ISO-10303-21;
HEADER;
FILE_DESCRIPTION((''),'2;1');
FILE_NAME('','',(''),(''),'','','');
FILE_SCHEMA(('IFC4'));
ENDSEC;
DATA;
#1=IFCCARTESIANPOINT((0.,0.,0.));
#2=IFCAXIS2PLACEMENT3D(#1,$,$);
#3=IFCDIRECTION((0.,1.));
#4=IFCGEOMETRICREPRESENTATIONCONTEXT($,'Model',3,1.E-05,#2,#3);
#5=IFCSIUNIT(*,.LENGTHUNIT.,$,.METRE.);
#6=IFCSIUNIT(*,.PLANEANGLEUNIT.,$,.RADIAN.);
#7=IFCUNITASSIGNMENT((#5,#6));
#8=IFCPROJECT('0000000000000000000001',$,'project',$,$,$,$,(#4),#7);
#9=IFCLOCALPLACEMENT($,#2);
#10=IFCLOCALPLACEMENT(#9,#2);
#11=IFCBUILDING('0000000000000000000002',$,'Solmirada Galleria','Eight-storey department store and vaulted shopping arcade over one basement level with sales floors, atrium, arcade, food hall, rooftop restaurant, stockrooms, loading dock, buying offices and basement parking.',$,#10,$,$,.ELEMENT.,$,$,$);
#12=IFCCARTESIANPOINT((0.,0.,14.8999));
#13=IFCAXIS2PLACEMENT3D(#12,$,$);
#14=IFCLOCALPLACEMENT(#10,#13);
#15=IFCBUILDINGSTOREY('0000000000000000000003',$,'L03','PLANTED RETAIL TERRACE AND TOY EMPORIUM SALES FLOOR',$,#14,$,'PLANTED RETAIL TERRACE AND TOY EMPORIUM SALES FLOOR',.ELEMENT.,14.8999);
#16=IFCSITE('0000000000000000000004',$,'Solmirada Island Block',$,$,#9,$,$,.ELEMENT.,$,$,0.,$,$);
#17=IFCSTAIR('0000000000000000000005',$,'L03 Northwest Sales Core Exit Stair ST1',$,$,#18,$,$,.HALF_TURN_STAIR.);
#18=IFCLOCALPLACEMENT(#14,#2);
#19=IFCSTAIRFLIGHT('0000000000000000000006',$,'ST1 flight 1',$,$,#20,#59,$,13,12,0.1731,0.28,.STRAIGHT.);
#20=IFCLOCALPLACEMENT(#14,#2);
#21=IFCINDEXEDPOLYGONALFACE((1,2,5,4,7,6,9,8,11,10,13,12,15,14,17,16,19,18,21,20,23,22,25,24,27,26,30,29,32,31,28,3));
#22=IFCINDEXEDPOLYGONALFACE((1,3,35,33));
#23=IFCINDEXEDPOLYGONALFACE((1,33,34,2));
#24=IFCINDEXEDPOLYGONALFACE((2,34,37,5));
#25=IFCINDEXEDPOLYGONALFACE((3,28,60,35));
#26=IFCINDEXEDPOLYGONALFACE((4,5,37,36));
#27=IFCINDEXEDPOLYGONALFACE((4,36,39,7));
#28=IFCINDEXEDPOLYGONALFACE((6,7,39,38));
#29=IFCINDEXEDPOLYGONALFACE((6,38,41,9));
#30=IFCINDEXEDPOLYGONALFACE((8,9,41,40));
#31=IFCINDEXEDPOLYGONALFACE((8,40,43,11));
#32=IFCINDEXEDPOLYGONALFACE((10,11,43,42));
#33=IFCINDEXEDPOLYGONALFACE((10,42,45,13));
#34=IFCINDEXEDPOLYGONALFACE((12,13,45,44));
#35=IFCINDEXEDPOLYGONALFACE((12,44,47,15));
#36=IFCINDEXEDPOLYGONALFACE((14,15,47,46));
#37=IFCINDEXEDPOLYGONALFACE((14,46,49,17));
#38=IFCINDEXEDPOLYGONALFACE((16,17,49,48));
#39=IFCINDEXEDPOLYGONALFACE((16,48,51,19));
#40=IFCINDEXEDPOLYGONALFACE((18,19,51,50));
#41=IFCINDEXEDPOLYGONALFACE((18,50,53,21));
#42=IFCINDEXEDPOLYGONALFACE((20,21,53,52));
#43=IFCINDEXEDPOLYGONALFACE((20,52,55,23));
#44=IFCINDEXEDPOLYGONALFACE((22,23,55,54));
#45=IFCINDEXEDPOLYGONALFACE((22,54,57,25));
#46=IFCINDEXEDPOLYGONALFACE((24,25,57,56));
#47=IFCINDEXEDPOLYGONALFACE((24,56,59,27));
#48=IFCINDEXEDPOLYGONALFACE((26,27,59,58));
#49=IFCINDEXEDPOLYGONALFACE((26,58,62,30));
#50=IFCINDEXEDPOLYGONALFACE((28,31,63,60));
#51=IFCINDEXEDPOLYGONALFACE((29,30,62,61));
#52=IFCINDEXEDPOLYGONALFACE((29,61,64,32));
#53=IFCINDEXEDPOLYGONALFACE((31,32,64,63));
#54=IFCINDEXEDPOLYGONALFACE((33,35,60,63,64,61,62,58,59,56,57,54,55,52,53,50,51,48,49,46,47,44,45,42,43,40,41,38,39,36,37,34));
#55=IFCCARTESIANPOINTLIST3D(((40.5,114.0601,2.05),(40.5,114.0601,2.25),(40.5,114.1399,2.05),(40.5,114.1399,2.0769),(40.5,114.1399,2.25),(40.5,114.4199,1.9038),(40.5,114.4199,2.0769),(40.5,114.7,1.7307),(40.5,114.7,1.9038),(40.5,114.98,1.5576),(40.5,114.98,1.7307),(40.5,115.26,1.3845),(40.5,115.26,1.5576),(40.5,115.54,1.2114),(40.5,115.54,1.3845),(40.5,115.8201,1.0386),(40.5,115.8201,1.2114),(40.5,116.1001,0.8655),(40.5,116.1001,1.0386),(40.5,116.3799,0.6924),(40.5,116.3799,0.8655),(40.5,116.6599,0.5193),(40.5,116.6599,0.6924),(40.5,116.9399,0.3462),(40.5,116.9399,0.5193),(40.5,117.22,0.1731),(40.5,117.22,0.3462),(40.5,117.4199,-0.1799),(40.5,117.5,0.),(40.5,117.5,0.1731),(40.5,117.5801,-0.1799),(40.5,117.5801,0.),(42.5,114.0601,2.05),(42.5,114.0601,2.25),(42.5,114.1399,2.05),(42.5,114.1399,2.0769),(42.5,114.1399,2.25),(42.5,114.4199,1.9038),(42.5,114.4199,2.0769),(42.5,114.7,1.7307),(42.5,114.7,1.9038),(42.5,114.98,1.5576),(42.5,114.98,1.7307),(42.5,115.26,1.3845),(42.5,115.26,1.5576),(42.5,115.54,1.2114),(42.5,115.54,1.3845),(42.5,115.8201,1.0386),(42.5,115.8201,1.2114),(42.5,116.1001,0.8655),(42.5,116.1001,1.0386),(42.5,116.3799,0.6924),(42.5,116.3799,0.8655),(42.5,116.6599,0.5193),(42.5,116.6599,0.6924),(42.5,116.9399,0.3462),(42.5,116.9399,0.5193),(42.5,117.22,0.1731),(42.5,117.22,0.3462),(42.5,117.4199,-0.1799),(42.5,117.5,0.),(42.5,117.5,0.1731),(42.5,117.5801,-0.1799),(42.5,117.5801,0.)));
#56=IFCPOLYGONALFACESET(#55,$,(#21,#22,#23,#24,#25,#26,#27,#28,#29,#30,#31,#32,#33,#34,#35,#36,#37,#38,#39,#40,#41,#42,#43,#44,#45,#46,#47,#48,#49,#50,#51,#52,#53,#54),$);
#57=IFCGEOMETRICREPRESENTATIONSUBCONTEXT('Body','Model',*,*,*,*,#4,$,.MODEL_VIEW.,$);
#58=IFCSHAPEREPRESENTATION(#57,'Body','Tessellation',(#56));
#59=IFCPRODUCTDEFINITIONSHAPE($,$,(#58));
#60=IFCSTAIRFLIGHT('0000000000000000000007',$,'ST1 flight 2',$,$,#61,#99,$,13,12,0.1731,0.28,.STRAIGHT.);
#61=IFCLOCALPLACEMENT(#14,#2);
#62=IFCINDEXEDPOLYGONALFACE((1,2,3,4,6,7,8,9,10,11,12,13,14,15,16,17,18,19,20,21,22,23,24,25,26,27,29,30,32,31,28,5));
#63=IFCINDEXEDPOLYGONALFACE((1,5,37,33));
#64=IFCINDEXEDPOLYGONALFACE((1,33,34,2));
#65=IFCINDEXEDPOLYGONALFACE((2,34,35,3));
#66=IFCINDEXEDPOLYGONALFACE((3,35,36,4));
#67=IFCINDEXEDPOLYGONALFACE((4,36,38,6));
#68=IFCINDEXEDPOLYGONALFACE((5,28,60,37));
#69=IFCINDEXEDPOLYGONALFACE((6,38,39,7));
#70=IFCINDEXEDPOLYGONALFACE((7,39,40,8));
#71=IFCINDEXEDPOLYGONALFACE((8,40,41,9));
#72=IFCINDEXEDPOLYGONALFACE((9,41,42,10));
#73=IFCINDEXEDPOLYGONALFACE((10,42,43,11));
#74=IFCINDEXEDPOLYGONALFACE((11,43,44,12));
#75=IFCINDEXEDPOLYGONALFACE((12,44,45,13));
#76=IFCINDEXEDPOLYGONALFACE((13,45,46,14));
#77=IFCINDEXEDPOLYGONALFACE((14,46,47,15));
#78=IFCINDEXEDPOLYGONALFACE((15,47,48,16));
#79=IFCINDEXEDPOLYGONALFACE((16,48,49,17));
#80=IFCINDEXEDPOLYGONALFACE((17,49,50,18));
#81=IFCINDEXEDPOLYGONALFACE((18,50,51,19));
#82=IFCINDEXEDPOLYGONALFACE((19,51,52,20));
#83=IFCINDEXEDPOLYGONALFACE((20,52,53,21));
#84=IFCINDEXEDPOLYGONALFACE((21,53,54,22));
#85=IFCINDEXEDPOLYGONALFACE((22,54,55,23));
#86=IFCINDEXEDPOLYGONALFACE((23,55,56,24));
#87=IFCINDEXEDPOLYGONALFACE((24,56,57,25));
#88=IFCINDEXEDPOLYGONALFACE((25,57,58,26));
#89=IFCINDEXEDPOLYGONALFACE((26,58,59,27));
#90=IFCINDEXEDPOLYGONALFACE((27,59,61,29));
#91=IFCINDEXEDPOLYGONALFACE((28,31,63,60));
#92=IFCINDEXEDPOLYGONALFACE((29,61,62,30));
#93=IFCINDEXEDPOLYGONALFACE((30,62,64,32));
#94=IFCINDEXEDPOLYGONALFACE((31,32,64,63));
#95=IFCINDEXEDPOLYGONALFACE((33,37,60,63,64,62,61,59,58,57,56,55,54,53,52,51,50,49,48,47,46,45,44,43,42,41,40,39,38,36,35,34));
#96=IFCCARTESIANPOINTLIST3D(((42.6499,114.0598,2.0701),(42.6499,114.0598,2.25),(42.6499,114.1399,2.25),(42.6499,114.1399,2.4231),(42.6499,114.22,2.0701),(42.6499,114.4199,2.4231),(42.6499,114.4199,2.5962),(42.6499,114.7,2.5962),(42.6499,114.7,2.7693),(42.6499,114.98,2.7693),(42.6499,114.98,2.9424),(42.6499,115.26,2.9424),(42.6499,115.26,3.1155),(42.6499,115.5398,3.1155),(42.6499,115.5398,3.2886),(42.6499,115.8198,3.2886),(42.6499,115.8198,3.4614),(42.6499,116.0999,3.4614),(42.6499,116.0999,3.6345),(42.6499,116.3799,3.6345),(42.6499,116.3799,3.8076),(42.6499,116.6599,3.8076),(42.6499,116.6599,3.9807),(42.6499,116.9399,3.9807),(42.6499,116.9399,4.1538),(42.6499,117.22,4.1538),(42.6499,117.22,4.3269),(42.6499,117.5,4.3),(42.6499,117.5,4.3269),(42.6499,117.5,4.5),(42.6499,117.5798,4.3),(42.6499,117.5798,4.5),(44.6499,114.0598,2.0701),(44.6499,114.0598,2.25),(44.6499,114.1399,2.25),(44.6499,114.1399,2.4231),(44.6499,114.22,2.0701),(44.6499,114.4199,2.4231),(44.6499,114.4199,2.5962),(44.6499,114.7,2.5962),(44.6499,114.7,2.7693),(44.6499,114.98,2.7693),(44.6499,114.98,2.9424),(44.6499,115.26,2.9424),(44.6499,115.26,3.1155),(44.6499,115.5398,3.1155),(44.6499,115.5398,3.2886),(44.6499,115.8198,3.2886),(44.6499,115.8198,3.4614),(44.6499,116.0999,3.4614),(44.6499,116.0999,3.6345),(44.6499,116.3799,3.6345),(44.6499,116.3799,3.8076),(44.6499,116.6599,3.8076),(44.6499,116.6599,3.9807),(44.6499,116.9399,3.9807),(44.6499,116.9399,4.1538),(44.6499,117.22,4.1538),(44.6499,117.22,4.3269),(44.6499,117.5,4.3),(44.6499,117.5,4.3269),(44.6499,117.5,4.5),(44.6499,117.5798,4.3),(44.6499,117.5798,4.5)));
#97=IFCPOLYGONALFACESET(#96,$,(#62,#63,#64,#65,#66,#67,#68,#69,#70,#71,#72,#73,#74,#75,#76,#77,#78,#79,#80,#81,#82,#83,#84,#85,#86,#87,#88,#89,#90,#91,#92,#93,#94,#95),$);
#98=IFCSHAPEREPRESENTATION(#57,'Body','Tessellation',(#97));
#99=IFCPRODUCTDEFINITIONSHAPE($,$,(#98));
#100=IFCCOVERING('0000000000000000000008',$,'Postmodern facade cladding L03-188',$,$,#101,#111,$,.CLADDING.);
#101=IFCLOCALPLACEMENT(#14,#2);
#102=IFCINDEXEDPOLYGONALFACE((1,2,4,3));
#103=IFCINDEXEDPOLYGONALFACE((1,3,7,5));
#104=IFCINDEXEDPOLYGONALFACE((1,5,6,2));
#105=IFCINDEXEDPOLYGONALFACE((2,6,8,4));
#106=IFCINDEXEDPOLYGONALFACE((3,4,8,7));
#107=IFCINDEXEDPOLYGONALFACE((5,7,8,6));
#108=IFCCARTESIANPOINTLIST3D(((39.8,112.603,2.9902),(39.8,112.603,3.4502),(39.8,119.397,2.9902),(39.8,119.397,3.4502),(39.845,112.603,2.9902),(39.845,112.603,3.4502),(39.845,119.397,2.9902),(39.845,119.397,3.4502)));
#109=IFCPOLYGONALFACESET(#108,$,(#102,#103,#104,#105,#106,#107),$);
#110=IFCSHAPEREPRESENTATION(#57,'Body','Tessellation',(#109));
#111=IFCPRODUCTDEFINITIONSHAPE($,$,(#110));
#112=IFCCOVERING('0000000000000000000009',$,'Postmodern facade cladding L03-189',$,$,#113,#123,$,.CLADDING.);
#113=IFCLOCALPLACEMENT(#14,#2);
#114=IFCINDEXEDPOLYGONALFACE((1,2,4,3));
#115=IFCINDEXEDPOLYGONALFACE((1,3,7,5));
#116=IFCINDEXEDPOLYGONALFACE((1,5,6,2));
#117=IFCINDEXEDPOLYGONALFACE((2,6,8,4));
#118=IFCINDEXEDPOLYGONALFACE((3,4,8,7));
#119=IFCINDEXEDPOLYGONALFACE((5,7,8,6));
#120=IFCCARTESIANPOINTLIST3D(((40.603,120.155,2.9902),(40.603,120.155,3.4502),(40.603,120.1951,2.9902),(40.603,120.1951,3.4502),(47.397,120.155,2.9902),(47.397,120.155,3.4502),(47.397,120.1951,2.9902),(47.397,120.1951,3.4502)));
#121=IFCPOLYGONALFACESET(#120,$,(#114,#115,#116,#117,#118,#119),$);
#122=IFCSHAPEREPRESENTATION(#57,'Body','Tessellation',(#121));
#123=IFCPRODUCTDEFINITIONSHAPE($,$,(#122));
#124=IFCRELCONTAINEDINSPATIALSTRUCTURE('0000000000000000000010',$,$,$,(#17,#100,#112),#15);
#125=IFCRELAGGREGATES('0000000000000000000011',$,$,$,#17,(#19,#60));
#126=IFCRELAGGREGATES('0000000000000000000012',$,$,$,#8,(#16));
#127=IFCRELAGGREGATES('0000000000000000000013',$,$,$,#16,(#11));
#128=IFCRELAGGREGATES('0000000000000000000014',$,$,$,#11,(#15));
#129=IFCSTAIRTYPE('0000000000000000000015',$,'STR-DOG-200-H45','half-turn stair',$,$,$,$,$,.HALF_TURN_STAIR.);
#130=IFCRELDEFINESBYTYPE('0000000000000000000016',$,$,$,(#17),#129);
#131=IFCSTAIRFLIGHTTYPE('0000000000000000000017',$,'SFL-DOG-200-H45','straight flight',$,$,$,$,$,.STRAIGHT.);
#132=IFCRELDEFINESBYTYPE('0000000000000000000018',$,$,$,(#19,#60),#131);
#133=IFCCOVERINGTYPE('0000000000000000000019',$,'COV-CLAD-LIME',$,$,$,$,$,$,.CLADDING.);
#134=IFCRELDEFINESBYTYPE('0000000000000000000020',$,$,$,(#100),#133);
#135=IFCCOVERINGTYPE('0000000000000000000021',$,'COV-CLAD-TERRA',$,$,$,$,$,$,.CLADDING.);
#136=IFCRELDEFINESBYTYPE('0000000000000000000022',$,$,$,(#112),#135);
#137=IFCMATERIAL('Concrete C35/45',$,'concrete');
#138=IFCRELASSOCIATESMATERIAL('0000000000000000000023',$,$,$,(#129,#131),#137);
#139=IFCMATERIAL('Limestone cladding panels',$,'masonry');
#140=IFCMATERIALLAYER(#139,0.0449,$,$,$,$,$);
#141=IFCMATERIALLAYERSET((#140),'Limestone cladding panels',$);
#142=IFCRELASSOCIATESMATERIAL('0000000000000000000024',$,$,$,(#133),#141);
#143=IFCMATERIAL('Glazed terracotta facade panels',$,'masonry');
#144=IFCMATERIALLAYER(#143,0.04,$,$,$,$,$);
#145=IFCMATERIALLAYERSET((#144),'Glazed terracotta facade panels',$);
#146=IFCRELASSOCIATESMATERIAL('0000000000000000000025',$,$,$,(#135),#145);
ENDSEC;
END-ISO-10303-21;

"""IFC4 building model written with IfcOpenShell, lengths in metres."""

from ifc_helpers import new_model, si_unit, direction, frame, origin, origin_2d, place, context, subcontext, project, spatial, polyline, rectangle, outline, extrude, material, layer, layer_set, type_object, element, aggregate, save


model = new_model("IFC4")

# Units and contexts
model_context = context("Model", 3, precision=1e-05, world=origin(), true_north=direction((0.0, 1.0)))
body_context = subcontext(model_context, "Body", "Model", "MODEL_VIEW")
ifc_project = project(units=[si_unit("LENGTHUNIT", "METRE"), si_unit("PLANEANGLEUNIT", "RADIAN")], contexts=[model_context])

# Site, building, storey
site_placement = place(None, origin())
site = spatial("IfcSite", under=ifc_project, at=site_placement, Name="Solmirada Island Block", CompositionType="ELEMENT", RefElevation=0.0)
building_placement = place(site_placement, origin())
building = spatial("IfcBuilding", under=site, at=building_placement, Name="Solmirada Galleria", Description="Eight-storey department store and vaulted shopping arcade over one basement level with sales floors, atrium, arcade, food hall, rooftop restaurant, stockrooms, loading dock, buying offices and basement parking.", CompositionType="ELEMENT")
storey_placement = place(building_placement, frame((0.0, 0.0, 14.8999)))
storey = spatial("IfcBuildingStorey", under=building, at=storey_placement, Name="L03", Description="PLANTED RETAIL TERRACE AND TOY EMPORIUM SALES FLOOR", LongName="PLANTED RETAIL TERRACE AND TOY EMPORIUM SALES FLOOR", CompositionType="ELEMENT", Elevation=14.8999)

# Stair, stair flights
ifc_material_1 = material(Name="Concrete C35/45", Category="concrete")
stair_type = type_object("IfcStairType", Name="STR-DOG-200-H45", Description="half-turn stair", PredefinedType="HALF_TURN_STAIR", material=ifc_material_1)
stair_placement = place(storey_placement, origin())
stair = element("IfcStair", 1, at=stair_placement, inside=storey, type_object=stair_type, Name="L03 Northwest Sales Core Exit Stair ST1", PredefinedType="HALF_TURN_STAIR")
stair_flight_type = type_object("IfcStairFlightType", Name="SFL-DOG-200-H45", Description="straight flight", PredefinedType="STRAIGHT", material=ifc_material_1)
stair_flight_1_placement = place(storey_placement, frame((41.5, 117.5, 0.0), z_axis=(0.0, 0.0, 1.0), x_axis=(0.0, -1.0, 0.0)))
stair_flight_1 = element("IfcStairFlight", 2, at=stair_flight_1_placement, type_object=stair_flight_type, Name="ST1 flight 1", NumberOfRisers=13, NumberOfTreads=12, PredefinedType="STRAIGHT", RiserHeight=0.1731, TreadLength=0.28, context=body_context, shape_type="SweptSolid", body=[
    extrude(outline(polyline([(-0.0801, 0.0), (0.0, 0.0), (0.0, 0.1731), (0.28, 0.1731), (0.28, 0.3462), (0.5601, 0.3462), (0.5601, 0.5193), (0.8401, 0.5193), (0.8401, 0.6924), (1.1201, 0.6924), (1.1201, 0.8655), (1.3999, 0.8655), (1.3999, 1.0386), (1.6799, 1.0386), (1.6799, 1.2114), (1.96, 1.2114), (1.96, 1.3845), (2.24, 1.3845), (2.24, 1.5576), (2.52, 1.5576), (2.52, 1.7307), (2.8, 1.7307), (2.8, 1.9038), (3.0801, 1.9038), (3.0801, 2.0769), (3.3601, 2.0769), (3.3601, 2.25), (3.4399, 2.25), (3.4399, 2.05), (3.3601, 2.05), (0.0801, -0.1799), (-0.0801, -0.1799), (-0.0801, 0.0)])), frame((0.0, 1.0, 0.0), z_axis=(0.0, -1.0, 0.0), x_axis=(1.0, 0.0, 0.0)), (0.0, 0.0, 1.0), 2.0),
])
stair_flight_2_placement = place(storey_placement, frame((43.6499, 114.1399, 2.25), z_axis=(0.0, 0.0, 1.0), x_axis=(0.0, 1.0, 0.0)))
stair_flight_2 = element("IfcStairFlight", 3, at=stair_flight_2_placement, type_object=stair_flight_type, Name="ST1 flight 2", NumberOfRisers=13, NumberOfTreads=12, PredefinedType="STRAIGHT", RiserHeight=0.1731, TreadLength=0.28, context=body_context, shape_type="SweptSolid", body=[
    extrude(outline(polyline([(-0.0801, 0.0), (0.0, 0.0), (0.0, 0.1731), (0.28, 0.1731), (0.28, 0.3462), (0.5601, 0.3462), (0.5601, 0.5193), (0.8401, 0.5193), (0.8401, 0.6924), (1.1201, 0.6924), (1.1201, 0.8655), (1.3999, 0.8655), (1.3999, 1.0386), (1.6799, 1.0386), (1.6799, 1.2114), (1.96, 1.2114), (1.96, 1.3845), (2.24, 1.3845), (2.24, 1.5576), (2.52, 1.5576), (2.52, 1.7307), (2.8, 1.7307), (2.8, 1.9038), (3.0801, 1.9038), (3.0801, 2.0769), (3.3601, 2.0769), (3.3601, 2.25), (3.4399, 2.25), (3.4399, 2.05), (3.3601, 2.05), (0.0801, -0.1799), (-0.0801, -0.1799), (-0.0801, 0.0)])), frame((0.0, 1.0, 0.0), z_axis=(0.0, -1.0, 0.0), x_axis=(1.0, 0.0, 0.0)), (0.0, 0.0, 1.0), 2.0),
])
aggregate(stair, [stair_flight_1, stair_flight_2])

# Coverings
ifc_material_2 = material(Name="Limestone cladding panels", Category="masonry")
ifc_layer_1 = layer(ifc_material_2, 0.0449)
ifc_layer_set_1 = layer_set([ifc_layer_1], Name="Limestone cladding panels")
covering_type_1 = type_object("IfcCoveringType", Name="COV-CLAD-LIME", PredefinedType="CLADDING", material=ifc_layer_set_1)
covering_1_placement = place(storey_placement, frame((39.8225, 116.0, 2.9902), z_axis=(0.0, 0.0, 1.0), x_axis=(0.0, 1.0, 0.0)))
element("IfcCovering", 4, at=covering_1_placement, inside=storey, type_object=covering_type_1, Name="Postmodern facade cladding L03-188", PredefinedType="CLADDING", context=body_context, shape_type="SweptSolid", body=[
    extrude(rectangle(XDim=6.7939, YDim=0.0449, at=origin_2d()), origin(), (0.0, 0.0, 1.0), 0.46),
])
ifc_material_3 = material(Name="Glazed terracotta facade panels", Category="masonry")
ifc_layer_2 = layer(ifc_material_3, 0.04)
ifc_layer_set_2 = layer_set([ifc_layer_2], Name="Glazed terracotta facade panels")
covering_type_2 = type_object("IfcCoveringType", Name="COV-CLAD-TERRA", PredefinedType="CLADDING", material=ifc_layer_set_2)
covering_2_placement = place(storey_placement, frame((44.0, 120.175, 2.9902), z_axis=(0.0, 0.0, 1.0), x_axis=(1.0, 0.0, 0.0)))
element("IfcCovering", 5, at=covering_2_placement, inside=storey, type_object=covering_type_2, Name="Postmodern facade cladding L03-189", PredefinedType="CLADDING", context=body_context, shape_type="SweptSolid", body=[
    extrude(rectangle(XDim=6.7939, YDim=0.04, at=origin_2d()), origin(), (0.0, 0.0, 1.0), 0.46),
])

save(model, "model.ifc")
